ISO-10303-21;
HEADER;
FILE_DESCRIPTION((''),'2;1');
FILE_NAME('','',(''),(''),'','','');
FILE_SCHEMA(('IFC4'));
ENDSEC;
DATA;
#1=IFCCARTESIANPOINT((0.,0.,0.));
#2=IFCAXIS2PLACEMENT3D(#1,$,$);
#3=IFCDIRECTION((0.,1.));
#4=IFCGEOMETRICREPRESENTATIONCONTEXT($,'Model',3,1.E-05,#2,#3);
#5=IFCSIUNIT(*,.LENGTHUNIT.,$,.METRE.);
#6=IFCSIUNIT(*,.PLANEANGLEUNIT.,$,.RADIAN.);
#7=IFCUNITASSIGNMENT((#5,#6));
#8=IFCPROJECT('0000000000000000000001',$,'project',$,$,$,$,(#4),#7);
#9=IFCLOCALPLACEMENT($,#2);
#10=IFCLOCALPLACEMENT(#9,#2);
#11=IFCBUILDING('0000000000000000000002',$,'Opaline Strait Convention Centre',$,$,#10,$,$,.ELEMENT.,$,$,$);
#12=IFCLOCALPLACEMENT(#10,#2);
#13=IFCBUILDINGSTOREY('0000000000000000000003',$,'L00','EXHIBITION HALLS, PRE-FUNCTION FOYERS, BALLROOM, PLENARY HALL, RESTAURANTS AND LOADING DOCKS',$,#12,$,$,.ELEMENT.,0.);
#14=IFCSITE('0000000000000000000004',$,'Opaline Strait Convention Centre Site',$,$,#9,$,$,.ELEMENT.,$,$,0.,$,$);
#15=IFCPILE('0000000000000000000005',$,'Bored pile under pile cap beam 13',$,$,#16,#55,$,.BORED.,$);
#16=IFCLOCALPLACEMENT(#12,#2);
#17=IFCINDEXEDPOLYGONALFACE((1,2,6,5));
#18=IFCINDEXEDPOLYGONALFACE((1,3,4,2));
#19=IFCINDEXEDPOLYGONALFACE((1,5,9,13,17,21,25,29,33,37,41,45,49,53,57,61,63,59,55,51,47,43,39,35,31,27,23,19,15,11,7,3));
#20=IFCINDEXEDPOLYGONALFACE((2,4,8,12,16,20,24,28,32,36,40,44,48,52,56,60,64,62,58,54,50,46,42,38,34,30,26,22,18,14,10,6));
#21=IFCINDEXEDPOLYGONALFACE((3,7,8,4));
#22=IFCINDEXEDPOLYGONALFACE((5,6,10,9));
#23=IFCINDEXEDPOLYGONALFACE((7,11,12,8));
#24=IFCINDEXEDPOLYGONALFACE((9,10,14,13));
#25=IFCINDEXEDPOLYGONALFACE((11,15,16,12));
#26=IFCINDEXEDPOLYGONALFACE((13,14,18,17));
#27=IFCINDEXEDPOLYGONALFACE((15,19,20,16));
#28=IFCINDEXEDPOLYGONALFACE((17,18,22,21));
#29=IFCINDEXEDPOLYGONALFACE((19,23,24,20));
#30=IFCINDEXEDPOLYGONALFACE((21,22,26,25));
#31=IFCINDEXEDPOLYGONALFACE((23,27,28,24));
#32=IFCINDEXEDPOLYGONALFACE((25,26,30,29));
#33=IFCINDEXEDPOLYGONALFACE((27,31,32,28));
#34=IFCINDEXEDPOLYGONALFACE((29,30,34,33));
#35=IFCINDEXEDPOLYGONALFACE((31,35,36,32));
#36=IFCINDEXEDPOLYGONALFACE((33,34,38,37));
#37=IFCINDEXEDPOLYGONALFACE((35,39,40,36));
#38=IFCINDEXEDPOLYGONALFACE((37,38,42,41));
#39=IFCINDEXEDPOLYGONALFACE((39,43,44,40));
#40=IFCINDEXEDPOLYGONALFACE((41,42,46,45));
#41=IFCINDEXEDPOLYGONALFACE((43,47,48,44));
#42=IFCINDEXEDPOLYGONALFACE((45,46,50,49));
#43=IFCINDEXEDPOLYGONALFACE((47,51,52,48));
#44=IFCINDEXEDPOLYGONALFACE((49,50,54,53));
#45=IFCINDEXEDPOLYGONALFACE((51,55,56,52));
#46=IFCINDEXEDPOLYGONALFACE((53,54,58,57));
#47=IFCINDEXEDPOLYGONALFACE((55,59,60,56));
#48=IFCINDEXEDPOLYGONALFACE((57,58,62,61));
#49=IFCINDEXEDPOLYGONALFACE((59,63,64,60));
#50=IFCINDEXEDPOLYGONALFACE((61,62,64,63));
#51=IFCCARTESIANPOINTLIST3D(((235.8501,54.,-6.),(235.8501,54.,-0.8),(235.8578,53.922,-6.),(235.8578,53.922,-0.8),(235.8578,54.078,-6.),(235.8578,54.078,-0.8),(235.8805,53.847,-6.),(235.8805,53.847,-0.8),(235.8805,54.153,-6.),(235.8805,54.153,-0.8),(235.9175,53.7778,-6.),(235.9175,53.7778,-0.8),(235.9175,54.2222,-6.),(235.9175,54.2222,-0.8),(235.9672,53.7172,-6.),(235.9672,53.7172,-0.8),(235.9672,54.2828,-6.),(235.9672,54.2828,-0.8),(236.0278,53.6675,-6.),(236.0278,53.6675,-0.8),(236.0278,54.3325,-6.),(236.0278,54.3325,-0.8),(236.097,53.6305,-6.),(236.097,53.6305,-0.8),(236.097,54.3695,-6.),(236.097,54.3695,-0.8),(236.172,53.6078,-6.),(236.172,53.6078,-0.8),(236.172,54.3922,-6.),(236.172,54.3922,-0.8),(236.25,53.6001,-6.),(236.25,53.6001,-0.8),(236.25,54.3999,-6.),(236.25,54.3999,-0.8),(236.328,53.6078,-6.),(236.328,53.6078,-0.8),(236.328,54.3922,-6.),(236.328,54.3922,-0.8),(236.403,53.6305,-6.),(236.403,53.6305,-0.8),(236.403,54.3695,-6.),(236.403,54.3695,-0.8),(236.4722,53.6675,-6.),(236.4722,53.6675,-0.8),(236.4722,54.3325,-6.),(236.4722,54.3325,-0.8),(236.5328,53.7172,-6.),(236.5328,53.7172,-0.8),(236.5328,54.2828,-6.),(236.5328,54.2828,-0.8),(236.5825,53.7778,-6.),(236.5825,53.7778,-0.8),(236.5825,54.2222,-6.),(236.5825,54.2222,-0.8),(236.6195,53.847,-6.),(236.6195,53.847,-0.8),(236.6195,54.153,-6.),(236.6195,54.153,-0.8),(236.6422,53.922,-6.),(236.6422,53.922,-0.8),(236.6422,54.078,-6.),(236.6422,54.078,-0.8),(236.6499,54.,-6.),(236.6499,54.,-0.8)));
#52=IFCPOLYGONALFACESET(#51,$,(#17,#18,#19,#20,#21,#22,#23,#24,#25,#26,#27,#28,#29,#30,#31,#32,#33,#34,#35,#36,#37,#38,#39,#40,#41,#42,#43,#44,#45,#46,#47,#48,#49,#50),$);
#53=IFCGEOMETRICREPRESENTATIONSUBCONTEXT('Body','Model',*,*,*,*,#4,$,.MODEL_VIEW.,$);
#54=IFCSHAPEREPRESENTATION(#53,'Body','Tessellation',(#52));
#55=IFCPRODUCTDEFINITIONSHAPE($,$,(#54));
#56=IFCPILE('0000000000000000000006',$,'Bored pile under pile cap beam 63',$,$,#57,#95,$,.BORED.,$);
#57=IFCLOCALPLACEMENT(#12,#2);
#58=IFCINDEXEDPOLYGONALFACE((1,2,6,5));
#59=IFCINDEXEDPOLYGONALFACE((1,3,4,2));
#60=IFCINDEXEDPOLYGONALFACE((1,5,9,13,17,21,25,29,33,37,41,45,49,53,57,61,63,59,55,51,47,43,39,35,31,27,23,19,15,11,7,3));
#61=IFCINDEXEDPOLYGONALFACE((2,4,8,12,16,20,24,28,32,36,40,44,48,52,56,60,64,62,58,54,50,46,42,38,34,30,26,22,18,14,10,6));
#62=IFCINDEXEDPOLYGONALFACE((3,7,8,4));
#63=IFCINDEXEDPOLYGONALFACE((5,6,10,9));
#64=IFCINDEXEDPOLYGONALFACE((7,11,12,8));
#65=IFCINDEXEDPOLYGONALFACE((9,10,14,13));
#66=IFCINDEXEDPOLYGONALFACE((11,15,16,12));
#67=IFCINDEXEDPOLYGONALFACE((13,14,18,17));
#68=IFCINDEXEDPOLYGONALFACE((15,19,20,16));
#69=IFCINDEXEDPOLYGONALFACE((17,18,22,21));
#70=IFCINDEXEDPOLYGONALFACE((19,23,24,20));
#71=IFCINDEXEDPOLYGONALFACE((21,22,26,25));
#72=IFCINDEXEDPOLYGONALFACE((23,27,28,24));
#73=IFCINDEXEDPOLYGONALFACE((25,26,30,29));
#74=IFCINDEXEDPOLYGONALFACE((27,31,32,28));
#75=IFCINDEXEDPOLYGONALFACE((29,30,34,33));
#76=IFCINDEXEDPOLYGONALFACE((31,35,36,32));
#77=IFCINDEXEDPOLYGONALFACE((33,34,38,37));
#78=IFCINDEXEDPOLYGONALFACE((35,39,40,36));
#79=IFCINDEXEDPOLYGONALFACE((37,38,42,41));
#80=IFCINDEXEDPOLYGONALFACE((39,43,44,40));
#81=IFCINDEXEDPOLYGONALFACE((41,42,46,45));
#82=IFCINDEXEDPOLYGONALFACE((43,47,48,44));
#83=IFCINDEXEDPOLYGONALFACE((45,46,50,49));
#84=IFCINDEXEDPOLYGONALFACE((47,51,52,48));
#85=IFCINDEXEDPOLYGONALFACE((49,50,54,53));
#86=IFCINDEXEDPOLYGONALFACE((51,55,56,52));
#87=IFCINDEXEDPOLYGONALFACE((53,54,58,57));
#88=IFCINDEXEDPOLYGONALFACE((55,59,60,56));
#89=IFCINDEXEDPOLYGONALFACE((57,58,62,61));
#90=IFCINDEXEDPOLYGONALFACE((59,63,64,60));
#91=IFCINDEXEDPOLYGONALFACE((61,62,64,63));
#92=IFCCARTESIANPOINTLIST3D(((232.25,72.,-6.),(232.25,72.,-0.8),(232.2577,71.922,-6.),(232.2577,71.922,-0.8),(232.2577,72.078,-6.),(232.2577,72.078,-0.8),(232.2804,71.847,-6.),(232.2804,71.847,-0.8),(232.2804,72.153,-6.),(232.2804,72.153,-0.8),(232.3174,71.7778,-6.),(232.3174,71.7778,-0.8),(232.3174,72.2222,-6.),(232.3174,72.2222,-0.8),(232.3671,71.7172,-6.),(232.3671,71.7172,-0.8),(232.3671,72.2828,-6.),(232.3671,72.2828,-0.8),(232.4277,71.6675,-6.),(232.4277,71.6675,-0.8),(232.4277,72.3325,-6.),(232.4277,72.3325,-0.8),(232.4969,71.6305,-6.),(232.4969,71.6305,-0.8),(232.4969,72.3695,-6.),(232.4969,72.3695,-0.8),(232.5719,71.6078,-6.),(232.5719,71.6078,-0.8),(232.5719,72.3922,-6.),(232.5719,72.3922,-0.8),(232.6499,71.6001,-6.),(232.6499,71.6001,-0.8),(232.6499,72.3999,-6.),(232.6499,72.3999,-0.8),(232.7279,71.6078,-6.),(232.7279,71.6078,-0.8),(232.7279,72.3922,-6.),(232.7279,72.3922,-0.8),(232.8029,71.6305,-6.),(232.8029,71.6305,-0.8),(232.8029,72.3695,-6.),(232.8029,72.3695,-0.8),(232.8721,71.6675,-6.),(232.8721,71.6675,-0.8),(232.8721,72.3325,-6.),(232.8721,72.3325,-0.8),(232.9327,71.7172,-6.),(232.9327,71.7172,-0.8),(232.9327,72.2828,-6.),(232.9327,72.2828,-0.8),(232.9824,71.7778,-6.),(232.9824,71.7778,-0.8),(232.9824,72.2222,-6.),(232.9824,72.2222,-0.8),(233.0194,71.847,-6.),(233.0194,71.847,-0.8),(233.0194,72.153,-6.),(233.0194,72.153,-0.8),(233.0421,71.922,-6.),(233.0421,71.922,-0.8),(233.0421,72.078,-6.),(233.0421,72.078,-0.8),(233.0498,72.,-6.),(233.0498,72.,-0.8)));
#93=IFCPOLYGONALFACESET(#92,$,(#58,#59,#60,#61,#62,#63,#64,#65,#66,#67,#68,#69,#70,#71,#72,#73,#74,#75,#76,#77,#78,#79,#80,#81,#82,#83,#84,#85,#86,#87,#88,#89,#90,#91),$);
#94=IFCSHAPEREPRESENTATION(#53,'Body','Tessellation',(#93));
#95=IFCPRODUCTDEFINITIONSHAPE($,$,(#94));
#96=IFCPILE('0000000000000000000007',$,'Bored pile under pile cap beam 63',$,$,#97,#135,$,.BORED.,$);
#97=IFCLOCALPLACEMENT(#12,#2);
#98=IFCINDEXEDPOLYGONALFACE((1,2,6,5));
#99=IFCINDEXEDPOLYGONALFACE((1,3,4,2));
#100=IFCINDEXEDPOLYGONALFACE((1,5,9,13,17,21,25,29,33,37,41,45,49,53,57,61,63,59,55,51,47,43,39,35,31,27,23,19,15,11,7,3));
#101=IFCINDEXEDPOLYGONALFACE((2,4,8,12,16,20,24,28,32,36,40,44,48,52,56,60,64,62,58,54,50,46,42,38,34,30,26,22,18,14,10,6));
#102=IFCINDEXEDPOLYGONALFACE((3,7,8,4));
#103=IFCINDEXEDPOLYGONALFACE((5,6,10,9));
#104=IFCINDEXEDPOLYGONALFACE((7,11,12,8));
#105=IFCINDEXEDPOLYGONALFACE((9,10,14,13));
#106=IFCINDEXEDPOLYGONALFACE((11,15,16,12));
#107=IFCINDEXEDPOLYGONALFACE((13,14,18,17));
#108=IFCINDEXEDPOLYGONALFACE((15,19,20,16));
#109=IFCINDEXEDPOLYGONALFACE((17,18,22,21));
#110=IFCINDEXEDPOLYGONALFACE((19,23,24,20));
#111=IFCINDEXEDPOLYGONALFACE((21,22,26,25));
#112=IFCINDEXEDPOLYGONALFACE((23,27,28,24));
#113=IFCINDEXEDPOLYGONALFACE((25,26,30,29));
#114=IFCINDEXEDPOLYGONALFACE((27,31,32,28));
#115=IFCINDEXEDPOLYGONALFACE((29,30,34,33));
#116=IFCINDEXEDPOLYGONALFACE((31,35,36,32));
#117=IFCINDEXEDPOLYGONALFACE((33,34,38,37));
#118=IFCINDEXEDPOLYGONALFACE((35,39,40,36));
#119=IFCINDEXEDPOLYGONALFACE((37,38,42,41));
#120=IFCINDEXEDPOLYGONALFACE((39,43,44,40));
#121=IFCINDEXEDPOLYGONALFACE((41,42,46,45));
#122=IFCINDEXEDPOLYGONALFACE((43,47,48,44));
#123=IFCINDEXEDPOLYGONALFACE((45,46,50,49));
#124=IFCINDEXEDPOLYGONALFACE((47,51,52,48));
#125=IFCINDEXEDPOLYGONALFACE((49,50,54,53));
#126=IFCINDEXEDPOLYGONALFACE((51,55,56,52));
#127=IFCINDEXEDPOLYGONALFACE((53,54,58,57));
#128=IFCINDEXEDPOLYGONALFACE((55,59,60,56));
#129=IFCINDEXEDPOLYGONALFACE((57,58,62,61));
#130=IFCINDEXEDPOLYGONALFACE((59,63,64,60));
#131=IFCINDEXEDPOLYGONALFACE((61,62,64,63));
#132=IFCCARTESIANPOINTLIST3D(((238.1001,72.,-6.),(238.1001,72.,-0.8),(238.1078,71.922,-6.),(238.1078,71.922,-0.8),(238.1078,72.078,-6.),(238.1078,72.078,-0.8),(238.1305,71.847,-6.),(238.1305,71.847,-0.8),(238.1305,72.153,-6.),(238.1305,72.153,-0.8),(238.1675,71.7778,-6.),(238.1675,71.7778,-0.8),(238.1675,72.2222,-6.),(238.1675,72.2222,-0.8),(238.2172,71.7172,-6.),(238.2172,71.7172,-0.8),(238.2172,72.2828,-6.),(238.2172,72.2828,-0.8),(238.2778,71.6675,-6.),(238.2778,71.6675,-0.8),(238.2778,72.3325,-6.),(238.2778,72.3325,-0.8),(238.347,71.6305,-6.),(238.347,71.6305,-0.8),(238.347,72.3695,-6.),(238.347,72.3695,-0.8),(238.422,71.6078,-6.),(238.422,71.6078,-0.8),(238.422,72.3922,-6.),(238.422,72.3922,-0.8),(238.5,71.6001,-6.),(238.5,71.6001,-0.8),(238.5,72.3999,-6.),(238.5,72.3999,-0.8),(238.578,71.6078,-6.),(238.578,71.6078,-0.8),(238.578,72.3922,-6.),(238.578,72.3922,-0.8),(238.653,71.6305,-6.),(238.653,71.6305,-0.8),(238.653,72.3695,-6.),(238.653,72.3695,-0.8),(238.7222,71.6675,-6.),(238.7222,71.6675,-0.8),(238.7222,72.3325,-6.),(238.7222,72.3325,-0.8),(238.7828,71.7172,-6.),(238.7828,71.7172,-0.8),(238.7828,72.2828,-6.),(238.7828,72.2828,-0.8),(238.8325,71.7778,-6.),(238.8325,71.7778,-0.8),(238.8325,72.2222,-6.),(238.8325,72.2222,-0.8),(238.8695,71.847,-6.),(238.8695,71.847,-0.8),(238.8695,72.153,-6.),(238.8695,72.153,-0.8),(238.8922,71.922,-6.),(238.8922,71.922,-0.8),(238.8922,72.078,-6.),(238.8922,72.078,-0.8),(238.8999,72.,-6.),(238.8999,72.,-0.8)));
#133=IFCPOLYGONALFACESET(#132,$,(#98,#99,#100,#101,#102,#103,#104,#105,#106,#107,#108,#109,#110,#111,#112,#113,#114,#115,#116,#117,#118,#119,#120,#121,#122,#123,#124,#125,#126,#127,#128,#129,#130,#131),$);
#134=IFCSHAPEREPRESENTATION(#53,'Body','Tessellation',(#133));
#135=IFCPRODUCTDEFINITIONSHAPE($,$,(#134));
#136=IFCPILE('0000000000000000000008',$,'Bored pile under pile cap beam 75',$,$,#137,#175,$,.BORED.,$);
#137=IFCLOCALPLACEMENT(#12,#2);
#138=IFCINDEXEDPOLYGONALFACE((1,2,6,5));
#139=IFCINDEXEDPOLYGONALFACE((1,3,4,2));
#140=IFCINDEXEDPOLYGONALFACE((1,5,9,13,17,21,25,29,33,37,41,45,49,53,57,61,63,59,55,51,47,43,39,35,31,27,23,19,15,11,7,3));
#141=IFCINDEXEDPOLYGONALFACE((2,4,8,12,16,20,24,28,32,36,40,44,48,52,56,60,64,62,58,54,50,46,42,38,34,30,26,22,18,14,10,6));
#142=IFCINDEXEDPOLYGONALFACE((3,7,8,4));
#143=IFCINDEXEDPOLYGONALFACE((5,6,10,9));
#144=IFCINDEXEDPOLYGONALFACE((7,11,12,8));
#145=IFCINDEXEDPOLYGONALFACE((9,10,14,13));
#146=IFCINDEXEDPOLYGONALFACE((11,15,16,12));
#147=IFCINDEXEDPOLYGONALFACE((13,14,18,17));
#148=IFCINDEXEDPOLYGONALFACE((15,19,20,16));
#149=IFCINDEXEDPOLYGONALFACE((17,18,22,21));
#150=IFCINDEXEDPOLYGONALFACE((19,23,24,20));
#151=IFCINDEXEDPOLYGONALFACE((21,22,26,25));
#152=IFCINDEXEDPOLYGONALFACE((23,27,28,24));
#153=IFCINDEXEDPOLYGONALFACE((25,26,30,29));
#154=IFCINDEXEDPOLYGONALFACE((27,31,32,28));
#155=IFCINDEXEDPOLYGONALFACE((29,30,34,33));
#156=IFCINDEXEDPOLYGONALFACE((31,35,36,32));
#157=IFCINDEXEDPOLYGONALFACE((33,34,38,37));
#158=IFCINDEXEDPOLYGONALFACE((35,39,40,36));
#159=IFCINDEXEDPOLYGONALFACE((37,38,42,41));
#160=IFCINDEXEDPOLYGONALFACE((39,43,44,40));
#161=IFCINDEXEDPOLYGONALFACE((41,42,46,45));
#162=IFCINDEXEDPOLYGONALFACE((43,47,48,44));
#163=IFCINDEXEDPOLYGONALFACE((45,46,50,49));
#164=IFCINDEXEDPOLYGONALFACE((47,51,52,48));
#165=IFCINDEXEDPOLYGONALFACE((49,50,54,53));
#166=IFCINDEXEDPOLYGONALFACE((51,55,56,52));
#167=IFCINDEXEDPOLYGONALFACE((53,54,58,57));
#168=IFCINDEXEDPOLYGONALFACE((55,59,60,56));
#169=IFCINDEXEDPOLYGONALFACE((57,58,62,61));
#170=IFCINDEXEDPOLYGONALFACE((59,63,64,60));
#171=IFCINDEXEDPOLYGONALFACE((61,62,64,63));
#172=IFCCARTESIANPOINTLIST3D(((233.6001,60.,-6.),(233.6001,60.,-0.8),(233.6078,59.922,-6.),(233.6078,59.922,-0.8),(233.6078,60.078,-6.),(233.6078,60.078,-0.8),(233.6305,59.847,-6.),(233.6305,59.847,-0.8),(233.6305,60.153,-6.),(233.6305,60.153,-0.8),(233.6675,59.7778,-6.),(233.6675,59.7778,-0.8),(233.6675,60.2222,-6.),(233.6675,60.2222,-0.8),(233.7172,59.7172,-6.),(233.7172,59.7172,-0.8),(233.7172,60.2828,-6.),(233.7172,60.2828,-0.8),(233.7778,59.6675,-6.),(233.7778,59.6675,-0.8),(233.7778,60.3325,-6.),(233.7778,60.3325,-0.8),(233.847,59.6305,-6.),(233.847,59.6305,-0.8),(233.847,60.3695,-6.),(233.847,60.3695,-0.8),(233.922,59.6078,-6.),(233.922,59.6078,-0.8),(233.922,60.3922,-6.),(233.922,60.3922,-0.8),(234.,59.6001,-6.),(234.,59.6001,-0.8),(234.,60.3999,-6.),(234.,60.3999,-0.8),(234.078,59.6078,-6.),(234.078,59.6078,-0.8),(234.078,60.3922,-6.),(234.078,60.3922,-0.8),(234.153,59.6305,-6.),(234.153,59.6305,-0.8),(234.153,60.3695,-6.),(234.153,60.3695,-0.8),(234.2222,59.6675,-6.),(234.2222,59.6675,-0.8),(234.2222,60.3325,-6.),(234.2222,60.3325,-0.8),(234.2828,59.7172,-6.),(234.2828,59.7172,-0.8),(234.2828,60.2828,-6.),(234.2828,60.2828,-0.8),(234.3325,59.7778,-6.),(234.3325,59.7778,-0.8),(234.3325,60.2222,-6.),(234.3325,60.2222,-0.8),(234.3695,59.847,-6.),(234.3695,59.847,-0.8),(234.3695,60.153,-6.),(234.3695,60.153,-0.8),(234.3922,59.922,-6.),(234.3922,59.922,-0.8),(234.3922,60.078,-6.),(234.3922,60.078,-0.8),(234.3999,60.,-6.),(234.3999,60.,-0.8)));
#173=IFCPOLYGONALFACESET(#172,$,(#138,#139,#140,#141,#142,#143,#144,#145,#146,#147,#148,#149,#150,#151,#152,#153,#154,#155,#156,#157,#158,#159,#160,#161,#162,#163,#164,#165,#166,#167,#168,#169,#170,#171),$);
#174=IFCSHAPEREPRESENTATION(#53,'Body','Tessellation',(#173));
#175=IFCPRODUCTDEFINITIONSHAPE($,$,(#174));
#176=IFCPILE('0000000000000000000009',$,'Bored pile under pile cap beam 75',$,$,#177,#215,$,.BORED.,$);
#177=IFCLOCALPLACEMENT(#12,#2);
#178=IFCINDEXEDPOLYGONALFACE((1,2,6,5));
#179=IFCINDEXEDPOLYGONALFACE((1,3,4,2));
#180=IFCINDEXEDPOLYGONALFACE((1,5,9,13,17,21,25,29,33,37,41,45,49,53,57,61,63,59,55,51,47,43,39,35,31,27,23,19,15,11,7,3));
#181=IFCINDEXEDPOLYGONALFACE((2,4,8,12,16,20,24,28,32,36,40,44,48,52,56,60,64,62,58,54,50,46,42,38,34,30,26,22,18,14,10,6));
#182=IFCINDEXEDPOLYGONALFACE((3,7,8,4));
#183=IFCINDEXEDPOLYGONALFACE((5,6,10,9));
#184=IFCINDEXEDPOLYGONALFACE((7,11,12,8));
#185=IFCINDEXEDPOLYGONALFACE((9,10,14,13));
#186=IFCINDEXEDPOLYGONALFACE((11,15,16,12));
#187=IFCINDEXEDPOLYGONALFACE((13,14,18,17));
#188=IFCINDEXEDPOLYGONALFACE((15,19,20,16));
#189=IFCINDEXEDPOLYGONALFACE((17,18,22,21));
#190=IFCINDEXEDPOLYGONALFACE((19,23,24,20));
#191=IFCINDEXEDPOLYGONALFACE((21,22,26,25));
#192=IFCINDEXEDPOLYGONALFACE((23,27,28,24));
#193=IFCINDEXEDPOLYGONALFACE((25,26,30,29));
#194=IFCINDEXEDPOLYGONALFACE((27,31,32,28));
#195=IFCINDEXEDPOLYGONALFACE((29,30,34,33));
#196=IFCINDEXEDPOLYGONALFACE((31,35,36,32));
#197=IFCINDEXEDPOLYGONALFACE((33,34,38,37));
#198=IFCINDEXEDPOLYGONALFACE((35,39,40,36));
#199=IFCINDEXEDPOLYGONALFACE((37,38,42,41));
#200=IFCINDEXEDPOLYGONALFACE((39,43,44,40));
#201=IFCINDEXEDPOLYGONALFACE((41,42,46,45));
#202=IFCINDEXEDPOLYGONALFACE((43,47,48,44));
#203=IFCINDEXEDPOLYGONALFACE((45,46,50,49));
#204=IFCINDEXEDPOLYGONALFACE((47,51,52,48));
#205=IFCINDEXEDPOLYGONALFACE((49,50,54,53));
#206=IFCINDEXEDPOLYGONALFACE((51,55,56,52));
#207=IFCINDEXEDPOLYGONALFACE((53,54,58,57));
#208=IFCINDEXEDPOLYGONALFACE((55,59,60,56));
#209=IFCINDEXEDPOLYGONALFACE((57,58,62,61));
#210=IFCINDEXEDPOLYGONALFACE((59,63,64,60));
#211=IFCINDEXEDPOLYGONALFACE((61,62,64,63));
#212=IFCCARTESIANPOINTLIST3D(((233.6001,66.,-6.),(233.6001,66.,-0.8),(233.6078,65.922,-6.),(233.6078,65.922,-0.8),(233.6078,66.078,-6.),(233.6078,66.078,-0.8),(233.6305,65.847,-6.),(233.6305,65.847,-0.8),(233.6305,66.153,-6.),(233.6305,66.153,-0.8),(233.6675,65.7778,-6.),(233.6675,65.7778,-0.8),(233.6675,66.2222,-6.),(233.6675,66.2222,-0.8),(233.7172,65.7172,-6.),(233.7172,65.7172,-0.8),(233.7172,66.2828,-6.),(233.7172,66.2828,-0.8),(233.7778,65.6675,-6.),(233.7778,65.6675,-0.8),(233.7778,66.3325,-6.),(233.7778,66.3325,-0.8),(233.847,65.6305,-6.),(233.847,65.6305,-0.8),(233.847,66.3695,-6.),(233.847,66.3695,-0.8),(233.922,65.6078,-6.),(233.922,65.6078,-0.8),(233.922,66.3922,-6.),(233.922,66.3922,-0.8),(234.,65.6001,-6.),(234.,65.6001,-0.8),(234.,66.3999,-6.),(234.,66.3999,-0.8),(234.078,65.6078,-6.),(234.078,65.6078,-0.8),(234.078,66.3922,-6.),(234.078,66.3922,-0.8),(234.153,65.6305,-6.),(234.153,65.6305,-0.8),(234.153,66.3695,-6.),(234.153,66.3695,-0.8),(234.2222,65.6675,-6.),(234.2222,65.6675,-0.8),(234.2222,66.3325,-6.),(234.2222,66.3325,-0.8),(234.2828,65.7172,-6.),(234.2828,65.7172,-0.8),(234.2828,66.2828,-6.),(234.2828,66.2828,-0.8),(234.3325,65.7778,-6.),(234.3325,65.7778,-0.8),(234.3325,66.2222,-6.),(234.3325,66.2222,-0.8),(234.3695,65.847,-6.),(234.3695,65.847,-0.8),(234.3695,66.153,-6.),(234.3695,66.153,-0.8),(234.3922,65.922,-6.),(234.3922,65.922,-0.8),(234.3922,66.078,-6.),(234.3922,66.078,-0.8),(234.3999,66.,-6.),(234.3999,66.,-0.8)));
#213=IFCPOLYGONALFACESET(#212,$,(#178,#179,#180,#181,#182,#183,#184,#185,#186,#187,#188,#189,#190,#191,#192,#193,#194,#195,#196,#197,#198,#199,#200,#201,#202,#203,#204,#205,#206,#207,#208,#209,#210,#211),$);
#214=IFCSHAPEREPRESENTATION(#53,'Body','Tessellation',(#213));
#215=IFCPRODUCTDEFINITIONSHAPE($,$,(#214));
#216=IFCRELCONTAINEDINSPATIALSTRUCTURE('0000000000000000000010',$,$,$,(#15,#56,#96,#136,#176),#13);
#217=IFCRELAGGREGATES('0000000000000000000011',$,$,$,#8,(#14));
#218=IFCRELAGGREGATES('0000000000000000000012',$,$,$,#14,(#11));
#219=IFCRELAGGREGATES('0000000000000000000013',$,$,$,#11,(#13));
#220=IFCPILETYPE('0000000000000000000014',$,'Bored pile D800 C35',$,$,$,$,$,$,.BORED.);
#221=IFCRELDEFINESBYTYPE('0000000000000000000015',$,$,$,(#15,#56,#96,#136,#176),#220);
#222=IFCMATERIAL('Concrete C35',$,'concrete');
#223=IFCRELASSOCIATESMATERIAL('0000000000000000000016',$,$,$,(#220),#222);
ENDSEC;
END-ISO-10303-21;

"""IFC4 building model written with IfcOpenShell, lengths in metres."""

from ifc_helpers import new_model, si_unit, direction, frame, origin, origin_2d, place, context, subcontext, project, spatial, circle, extrude, material, material_profile, profile_set, type_object, element, save


model = new_model("IFC4")

# Units and contexts
model_context = context("Model", 3, precision=1e-05, world=origin(), true_north=direction((0.0, 1.0)))
body_context = subcontext(model_context, "Body", "Model", "MODEL_VIEW")
ifc_project = project(units=[si_unit("LENGTHUNIT", "METRE"), si_unit("PLANEANGLEUNIT", "RADIAN")], contexts=[model_context])

# Site, building, storey
site_placement = place(None, origin())
site = spatial("IfcSite", under=ifc_project, at=site_placement, Name="Opaline Strait Convention Centre Site", CompositionType="ELEMENT", RefElevation=0.0)
building_placement = place(site_placement, origin())
building = spatial("IfcBuilding", under=site, at=building_placement, Name="Opaline Strait Convention Centre", CompositionType="ELEMENT")
storey_placement = place(building_placement, origin())
storey = spatial("IfcBuildingStorey", under=building, at=storey_placement, Name="L00", Description="EXHIBITION HALLS, PRE-FUNCTION FOYERS, BALLROOM, PLENARY HALL, RESTAURANTS AND LOADING DOCKS", CompositionType="ELEMENT", Elevation=0.0)

# Piles
ifc_material_1 = material(Name="Concrete C35", Category="concrete")
ifc_material_profile_1 = material_profile(ifc_material_1, circle(Radius=0.3999, at=origin_2d()), Name="D800")
ifc_profile_set_1 = profile_set([ifc_material_profile_1], Name="Concrete C35")
pile_type_1 = type_object("IfcPileType", Name="Bored pile D800 C35", PredefinedType="BORED", material=ifc_profile_set_1)
for number, where, z_axis, x_axis, name in (
    (1, (236.25, 54.0, -0.8), (0.0, 0.0, -1.0), (1.0, 0.0, 0.0), "Bored pile under pile cap beam 13"),
    (2, (232.6499, 72.0, -0.8), (0.0, 0.0, -1.0), (1.0, 0.0, 0.0), "Bored pile under pile cap beam 63"),
    (3, (238.5, 72.0, -0.8), (0.0, 0.0, -1.0), (1.0, 0.0, 0.0), "Bored pile under pile cap beam 63"),
    (4, (234.0, 60.0, -0.8), (0.0, 0.0, -1.0), (1.0, 0.0, 0.0), "Bored pile under pile cap beam 75"),
    (5, (234.0, 66.0, -0.8), (0.0, 0.0, -1.0), (1.0, 0.0, 0.0), "Bored pile under pile cap beam 75"),
):
    element("IfcPile", number, at=place(storey_placement, frame(where, z_axis=z_axis, x_axis=x_axis)), inside=storey, type_object=pile_type_1, Name=name, PredefinedType="BORED", context=body_context, shape_type="SweptSolid", body=[
        extrude(circle(Radius=0.3999, at=origin_2d()), origin(), (0.0, 0.0, 1.0), 5.2),
    ])

save(model, "model.ifc")
